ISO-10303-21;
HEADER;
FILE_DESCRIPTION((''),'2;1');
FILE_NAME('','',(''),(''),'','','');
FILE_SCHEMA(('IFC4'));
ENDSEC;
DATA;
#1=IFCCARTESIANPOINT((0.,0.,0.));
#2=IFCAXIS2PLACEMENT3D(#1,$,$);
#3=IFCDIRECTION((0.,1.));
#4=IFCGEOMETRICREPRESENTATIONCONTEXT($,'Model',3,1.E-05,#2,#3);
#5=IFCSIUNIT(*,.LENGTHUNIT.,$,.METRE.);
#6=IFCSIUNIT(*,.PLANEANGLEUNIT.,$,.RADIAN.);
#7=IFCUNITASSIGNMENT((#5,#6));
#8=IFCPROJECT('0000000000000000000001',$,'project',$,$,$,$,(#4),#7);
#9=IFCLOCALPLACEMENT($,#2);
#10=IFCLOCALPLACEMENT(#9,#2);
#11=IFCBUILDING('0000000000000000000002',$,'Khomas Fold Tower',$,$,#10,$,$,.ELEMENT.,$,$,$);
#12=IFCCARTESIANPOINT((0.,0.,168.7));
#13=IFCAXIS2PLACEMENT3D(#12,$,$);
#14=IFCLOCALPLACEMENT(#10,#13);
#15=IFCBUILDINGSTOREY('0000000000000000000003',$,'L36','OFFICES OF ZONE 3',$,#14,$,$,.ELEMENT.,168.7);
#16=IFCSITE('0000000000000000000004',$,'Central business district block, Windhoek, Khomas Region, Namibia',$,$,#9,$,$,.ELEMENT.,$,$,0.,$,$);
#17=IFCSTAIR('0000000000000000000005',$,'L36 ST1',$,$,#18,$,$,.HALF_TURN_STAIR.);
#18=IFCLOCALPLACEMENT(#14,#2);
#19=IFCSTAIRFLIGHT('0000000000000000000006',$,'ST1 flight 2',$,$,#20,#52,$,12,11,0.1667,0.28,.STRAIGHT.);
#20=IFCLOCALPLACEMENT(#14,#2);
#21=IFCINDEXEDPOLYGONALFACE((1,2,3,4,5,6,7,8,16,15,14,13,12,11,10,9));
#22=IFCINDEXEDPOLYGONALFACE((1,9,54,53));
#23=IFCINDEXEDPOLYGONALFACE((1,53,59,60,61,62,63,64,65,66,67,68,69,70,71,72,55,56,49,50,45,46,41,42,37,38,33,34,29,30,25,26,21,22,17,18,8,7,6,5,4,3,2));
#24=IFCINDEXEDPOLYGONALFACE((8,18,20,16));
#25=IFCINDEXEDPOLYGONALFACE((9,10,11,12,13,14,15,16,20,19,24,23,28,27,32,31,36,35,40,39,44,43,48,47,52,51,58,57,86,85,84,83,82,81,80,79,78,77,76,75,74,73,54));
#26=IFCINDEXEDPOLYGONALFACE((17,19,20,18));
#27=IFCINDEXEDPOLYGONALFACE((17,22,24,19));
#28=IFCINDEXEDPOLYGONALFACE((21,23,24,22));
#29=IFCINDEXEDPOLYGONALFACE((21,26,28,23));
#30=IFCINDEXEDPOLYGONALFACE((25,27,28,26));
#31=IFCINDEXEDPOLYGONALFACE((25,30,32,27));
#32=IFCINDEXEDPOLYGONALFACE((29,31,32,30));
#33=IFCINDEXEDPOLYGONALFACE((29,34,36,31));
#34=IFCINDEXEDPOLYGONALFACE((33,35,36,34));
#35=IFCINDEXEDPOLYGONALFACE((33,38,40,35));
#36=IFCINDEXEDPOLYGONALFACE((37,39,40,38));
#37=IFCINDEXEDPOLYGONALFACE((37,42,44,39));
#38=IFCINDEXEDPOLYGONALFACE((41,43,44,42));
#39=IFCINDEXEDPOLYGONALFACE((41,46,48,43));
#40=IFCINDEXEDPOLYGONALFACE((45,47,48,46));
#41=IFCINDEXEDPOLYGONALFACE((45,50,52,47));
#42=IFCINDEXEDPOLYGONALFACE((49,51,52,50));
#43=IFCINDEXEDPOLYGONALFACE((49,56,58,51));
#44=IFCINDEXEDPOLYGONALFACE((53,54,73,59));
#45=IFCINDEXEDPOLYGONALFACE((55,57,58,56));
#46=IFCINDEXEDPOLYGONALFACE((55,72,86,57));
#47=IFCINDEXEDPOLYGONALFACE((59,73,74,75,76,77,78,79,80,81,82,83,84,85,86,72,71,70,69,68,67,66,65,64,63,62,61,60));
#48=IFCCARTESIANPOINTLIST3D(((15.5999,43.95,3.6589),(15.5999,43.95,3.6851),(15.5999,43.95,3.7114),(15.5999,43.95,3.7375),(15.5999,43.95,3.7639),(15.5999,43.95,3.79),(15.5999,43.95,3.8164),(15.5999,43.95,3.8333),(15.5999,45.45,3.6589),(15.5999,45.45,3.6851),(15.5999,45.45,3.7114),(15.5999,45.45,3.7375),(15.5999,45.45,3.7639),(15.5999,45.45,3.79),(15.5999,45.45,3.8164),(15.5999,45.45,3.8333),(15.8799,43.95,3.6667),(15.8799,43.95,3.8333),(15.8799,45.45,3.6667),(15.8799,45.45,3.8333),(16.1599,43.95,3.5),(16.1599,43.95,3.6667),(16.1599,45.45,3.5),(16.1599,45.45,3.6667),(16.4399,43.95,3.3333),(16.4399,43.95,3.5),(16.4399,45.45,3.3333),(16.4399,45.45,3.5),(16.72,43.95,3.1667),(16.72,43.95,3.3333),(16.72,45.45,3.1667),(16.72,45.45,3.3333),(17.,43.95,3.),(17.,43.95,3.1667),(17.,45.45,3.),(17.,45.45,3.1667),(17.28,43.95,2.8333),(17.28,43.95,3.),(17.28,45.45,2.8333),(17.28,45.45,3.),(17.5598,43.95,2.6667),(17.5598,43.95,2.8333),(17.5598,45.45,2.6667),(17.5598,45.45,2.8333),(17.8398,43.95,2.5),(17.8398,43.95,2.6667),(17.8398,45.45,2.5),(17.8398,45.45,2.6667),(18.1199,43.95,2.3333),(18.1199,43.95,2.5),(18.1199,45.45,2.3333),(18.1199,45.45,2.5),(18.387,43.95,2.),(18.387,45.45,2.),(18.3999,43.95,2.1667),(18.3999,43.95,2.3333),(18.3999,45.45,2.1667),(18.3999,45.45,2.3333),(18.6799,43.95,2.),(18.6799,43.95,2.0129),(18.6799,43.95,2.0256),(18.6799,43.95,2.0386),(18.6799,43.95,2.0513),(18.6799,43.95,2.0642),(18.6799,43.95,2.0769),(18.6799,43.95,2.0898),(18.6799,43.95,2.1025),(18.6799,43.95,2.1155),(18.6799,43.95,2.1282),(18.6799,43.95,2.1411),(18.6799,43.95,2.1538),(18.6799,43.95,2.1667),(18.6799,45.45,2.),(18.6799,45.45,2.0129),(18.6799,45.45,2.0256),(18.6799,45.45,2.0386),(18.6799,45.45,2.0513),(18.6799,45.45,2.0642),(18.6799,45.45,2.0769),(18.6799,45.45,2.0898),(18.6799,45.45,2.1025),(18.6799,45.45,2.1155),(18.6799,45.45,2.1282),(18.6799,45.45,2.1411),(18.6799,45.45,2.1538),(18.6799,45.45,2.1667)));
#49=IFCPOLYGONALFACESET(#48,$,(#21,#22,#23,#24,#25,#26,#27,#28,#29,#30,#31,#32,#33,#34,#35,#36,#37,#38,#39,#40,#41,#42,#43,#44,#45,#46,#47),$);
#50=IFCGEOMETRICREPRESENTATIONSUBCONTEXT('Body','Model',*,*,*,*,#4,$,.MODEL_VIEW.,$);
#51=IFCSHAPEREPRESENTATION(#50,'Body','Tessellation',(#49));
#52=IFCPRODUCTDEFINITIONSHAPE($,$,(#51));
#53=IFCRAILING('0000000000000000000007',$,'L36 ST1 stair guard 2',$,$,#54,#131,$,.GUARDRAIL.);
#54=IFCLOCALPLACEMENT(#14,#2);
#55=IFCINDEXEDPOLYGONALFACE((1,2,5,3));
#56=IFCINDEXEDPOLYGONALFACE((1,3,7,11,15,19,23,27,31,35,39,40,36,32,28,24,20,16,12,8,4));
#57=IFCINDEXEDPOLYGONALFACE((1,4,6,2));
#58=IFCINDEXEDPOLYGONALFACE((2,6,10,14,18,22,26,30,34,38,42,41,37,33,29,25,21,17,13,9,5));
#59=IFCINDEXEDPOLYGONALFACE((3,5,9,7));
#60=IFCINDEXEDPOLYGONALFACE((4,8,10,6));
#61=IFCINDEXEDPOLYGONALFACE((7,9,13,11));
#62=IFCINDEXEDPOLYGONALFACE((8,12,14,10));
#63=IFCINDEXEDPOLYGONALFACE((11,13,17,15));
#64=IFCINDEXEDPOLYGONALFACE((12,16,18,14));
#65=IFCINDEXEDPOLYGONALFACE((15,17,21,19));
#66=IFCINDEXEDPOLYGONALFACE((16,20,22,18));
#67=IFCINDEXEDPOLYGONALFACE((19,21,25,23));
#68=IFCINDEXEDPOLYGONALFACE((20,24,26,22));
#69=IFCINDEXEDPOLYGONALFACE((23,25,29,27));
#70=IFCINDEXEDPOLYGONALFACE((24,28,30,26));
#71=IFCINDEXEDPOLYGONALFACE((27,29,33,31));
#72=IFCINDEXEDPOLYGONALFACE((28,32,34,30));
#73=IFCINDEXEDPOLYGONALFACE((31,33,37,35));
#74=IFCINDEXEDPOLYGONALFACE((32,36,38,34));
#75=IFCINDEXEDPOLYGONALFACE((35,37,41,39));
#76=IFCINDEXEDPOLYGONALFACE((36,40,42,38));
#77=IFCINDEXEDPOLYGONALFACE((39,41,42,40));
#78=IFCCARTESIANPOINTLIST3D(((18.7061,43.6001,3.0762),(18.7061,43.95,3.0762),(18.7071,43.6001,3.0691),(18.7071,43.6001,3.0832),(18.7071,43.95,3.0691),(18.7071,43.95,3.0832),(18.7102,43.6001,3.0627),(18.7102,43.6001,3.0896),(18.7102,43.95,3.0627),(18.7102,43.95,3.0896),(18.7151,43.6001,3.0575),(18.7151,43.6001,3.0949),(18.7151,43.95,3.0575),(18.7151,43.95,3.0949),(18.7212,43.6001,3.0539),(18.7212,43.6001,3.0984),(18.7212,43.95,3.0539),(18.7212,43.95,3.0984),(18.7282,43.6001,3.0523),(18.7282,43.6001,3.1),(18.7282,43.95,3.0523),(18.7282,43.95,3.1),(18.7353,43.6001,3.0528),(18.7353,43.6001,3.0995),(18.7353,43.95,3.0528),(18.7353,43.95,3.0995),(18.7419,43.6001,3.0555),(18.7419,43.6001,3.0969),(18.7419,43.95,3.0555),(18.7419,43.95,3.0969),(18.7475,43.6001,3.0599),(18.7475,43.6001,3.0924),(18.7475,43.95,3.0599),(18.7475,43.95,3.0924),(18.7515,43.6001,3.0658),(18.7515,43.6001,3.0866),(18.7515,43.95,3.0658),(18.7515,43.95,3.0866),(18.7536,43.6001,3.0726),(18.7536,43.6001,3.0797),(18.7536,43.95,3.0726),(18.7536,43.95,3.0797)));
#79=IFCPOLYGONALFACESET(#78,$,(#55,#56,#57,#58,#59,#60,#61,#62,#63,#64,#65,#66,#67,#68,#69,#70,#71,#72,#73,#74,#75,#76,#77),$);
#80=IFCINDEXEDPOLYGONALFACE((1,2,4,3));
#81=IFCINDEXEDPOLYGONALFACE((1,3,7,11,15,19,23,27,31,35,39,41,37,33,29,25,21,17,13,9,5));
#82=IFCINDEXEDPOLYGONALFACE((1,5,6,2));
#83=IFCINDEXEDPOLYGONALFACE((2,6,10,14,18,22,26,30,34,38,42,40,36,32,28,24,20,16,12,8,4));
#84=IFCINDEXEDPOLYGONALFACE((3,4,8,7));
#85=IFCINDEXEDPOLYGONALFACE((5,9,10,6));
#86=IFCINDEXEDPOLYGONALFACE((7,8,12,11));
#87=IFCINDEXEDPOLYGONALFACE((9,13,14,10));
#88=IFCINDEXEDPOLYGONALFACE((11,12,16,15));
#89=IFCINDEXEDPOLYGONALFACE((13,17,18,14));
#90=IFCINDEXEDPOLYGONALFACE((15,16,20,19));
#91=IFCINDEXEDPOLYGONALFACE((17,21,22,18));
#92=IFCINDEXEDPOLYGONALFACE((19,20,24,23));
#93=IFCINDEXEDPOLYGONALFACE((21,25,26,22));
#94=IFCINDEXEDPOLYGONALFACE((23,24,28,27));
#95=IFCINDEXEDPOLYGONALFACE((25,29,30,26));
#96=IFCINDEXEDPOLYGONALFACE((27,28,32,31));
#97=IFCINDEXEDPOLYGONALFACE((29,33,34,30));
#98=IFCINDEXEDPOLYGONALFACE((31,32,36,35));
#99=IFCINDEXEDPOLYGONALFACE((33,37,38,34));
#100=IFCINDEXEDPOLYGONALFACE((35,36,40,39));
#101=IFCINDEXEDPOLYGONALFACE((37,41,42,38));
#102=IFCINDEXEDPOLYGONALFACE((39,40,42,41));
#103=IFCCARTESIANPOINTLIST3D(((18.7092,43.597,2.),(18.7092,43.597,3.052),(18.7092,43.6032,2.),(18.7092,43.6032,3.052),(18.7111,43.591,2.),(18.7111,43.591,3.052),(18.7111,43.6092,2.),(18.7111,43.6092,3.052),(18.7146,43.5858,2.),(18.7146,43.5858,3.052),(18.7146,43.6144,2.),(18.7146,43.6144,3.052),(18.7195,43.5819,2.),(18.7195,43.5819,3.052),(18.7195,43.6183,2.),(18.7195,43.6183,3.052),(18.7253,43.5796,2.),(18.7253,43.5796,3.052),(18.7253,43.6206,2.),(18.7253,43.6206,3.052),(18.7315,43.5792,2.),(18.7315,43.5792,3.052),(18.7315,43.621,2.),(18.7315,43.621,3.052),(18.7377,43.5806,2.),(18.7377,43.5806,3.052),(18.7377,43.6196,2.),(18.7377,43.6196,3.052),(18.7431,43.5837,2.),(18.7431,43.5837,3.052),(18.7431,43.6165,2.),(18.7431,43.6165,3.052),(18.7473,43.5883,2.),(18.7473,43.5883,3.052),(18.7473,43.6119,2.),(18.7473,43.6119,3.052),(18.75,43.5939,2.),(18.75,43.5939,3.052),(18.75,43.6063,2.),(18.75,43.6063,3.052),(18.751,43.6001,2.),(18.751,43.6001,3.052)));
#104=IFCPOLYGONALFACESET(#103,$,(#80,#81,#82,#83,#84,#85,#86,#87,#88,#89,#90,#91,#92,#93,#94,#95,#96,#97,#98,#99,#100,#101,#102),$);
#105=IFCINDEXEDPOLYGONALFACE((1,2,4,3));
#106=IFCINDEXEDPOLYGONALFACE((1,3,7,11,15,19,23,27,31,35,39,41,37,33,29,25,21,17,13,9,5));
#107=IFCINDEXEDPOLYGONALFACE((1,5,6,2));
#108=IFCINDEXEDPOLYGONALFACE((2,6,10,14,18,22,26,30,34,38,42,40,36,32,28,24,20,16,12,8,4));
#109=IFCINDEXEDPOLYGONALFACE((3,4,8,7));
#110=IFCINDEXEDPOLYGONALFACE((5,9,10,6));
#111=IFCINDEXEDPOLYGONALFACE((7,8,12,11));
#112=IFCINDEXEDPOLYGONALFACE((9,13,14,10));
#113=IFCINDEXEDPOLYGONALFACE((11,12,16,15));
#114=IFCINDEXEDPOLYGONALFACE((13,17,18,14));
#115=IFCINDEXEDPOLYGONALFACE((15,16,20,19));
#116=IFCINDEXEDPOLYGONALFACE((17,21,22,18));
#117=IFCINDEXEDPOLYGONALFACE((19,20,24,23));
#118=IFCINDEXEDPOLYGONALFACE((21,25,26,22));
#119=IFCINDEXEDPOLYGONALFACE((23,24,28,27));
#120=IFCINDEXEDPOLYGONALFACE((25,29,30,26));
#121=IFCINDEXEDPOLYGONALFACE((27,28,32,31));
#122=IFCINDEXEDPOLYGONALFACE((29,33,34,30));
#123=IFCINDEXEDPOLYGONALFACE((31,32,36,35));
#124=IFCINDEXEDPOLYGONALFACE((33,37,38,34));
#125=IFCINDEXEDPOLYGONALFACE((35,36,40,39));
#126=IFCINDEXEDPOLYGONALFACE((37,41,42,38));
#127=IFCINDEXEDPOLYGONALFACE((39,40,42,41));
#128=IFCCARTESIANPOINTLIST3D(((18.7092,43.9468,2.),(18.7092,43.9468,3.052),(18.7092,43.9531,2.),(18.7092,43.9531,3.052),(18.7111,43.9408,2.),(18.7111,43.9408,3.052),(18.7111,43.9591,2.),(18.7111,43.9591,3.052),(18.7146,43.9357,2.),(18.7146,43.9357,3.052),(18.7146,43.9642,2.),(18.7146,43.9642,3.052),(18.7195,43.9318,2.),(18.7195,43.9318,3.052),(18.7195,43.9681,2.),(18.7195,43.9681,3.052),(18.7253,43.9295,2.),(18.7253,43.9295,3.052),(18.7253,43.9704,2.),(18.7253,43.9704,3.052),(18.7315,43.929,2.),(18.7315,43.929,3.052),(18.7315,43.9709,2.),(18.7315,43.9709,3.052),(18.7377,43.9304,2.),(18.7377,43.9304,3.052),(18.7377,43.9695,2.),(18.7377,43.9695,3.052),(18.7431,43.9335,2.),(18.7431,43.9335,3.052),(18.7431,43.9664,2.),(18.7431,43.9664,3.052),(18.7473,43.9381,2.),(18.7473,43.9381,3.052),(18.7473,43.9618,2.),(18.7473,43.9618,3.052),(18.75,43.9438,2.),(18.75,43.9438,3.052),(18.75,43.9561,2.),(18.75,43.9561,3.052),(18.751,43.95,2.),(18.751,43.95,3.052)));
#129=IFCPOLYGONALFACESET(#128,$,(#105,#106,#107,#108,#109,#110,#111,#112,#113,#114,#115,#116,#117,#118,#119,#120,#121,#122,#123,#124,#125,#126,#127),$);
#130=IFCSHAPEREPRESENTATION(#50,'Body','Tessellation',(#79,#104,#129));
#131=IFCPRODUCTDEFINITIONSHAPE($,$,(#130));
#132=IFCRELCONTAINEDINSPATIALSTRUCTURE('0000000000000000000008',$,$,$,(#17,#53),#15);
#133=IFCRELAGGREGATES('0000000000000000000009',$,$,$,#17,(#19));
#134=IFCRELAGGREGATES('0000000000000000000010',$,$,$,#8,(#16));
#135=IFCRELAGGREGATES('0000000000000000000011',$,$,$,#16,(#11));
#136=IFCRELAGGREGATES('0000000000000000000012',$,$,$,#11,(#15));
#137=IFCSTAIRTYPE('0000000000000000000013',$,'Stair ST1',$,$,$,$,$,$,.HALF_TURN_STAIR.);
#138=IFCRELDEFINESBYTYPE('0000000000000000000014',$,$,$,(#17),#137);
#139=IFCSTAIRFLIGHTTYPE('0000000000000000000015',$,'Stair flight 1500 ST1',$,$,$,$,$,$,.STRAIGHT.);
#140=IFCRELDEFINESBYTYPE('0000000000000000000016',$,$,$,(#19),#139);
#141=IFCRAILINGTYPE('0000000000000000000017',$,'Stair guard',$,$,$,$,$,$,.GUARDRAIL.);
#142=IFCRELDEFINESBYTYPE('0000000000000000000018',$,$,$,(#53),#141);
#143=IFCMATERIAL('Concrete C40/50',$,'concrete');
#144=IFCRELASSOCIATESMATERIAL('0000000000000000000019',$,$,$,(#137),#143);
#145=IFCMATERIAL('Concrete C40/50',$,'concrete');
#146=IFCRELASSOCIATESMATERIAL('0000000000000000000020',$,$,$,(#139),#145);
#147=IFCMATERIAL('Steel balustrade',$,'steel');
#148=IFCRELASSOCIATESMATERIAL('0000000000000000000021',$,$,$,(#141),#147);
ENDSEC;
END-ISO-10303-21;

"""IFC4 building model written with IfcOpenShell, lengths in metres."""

from ifc_helpers import new_model, si_unit, direction, frame, origin, origin_2d, place, context, subcontext, project, spatial, polyline, circle, outline, extrude, source, transform, mapped, material, type_object, element, aggregate, save


model = new_model("IFC4")

# Units and contexts
model_context = context("Model", 3, precision=1e-05, world=origin(), true_north=direction((0.0, 1.0)))
body_context = subcontext(model_context, "Body", "Model", "MODEL_VIEW")
ifc_project = project(units=[si_unit("LENGTHUNIT", "METRE"), si_unit("PLANEANGLEUNIT", "RADIAN")], contexts=[model_context])

# Site, building, storey
site_placement = place(None, origin())
site = spatial("IfcSite", under=ifc_project, at=site_placement, Name="Central business district block, Windhoek, Khomas Region, Namibia", CompositionType="ELEMENT", RefElevation=0.0)
building_placement = place(site_placement, origin())
building = spatial("IfcBuilding", under=site, at=building_placement, Name="Khomas Fold Tower", CompositionType="ELEMENT")
storey_placement = place(building_placement, frame((0.0, 0.0, 168.7)))
storey = spatial("IfcBuildingStorey", under=building, at=storey_placement, Name="L36", Description="OFFICES OF ZONE 3", CompositionType="ELEMENT", Elevation=168.7)

# Stair, stair flight
ifc_material_1 = material(Name="Concrete C40/50", Category="concrete")
stair_type = type_object("IfcStairType", Name="Stair ST1", PredefinedType="HALF_TURN_STAIR", material=ifc_material_1)
stair_placement = place(storey_placement, origin())
stair = element("IfcStair", 1, at=stair_placement, inside=storey, type_object=stair_type, Name="L36 ST1", PredefinedType="HALF_TURN_STAIR")
ifc_material_2 = material(Name="Concrete C40/50", Category="concrete")
stair_flight_type = type_object("IfcStairFlightType", Name="Stair flight 1500 ST1", PredefinedType="STRAIGHT", material=ifc_material_2)
shared_shape_1 = source(origin(), body_context, "Body", "SweptSolid", [
    extrude(outline(polyline([(0.0, 0.0), (0.0, 0.0129), (0.0, 0.0256), (0.0, 0.0386), (0.0, 0.0513), (0.0, 0.0642), (0.0, 0.0769), (0.0, 0.0898), (0.0, 0.1025), (0.0, 0.1155), (0.0, 0.1282), (0.0, 0.1411), (0.0, 0.1538), (0.0, 0.1667), (0.28, 0.1667), (0.28, 0.3333), (0.5601, 0.3333), (0.5601, 0.5), (0.8401, 0.5), (0.8401, 0.6667), (1.1201, 0.6667), (1.1201, 0.8333), (1.3999, 0.8333), (1.3999, 1.0), (1.6799, 1.0), (1.6799, 1.1667), (1.96, 1.1667), (1.96, 1.3333), (2.24, 1.3333), (2.24, 1.5), (2.52, 1.5), (2.52, 1.6667), (2.8, 1.6667), (2.8, 1.8333), (3.0801, 1.8333), (3.0801, 2.0), (3.0801, 1.9739), (3.0801, 1.9475), (3.0801, 1.9214), (3.0801, 1.895), (3.0801, 1.8689), (3.0801, 1.8425), (3.0801, 1.8164), (3.0801, 1.79), (3.0801, 1.7639), (3.0801, 1.7375), (3.0801, 1.7114), (3.0801, 1.6851), (3.0801, 1.6589), (0.293, 0.0), (0.0, 0.0)])), frame((0.0, 0.75, 0.0), z_axis=(0.0, -1.0, 0.0), x_axis=(1.0, 0.0, 0.0)), (0.0, 0.0, 1.0), 1.5),
])
stair_flight_placement = place(storey_placement, frame((18.6799, 44.7, 2.0), z_axis=(0.0, 0.0, 1.0), x_axis=(-1.0, 0.0, 0.0)))
stair_flight = element("IfcStairFlight", 2, at=stair_flight_placement, type_object=stair_flight_type, Name="ST1 flight 2", NumberOfRisers=12, NumberOfTreads=11, PredefinedType="STRAIGHT", RiserHeight=0.1667, TreadLength=0.28, context=body_context, shape_type="MappedRepresentation", body=[
    mapped(shared_shape_1, transform((0.0, 0.0, 0.0))),
])
aggregate(stair, [stair_flight])

# Railing
ifc_material_3 = material(Name="Steel balustrade", Category="steel")
railing_type_1 = type_object("IfcRailingType", Name="Stair guard", PredefinedType="GUARDRAIL", material=ifc_material_3)
shared_shape_2 = source(origin(), body_context, "Body", "SweptSolid", [
    extrude(circle(Radius=0.0239, at=origin_2d()), frame((0.0, 0.0, 1.0762), z_axis=(0.0, 1.0, 0.0), x_axis=(-1.0, 0.0, 0.0)), (0.0, 0.0, 1.0), 0.3499),
    extrude(circle(Radius=0.021, at=origin_2d()), origin(), (0.0, 0.0, 1.0), 1.052),
    extrude(circle(Radius=0.021, at=origin_2d()), frame((0.0, 0.3499, 0.0)), (0.0, 0.0, 1.0), 1.052),
])
for number, where, name in (
    (3, (18.73, 43.6001, 2.0), "L36 ST1 stair guard 2"),
):
    element("IfcRailing", number, at=place(storey_placement, frame(where)), inside=storey, type_object=railing_type_1, Name=name, PredefinedType="GUARDRAIL", context=body_context, shape_type="MappedRepresentation", body=[
        mapped(shared_shape_2, transform((0.0, 0.0, 0.0))),
    ])

save(model, "model.ifc")
